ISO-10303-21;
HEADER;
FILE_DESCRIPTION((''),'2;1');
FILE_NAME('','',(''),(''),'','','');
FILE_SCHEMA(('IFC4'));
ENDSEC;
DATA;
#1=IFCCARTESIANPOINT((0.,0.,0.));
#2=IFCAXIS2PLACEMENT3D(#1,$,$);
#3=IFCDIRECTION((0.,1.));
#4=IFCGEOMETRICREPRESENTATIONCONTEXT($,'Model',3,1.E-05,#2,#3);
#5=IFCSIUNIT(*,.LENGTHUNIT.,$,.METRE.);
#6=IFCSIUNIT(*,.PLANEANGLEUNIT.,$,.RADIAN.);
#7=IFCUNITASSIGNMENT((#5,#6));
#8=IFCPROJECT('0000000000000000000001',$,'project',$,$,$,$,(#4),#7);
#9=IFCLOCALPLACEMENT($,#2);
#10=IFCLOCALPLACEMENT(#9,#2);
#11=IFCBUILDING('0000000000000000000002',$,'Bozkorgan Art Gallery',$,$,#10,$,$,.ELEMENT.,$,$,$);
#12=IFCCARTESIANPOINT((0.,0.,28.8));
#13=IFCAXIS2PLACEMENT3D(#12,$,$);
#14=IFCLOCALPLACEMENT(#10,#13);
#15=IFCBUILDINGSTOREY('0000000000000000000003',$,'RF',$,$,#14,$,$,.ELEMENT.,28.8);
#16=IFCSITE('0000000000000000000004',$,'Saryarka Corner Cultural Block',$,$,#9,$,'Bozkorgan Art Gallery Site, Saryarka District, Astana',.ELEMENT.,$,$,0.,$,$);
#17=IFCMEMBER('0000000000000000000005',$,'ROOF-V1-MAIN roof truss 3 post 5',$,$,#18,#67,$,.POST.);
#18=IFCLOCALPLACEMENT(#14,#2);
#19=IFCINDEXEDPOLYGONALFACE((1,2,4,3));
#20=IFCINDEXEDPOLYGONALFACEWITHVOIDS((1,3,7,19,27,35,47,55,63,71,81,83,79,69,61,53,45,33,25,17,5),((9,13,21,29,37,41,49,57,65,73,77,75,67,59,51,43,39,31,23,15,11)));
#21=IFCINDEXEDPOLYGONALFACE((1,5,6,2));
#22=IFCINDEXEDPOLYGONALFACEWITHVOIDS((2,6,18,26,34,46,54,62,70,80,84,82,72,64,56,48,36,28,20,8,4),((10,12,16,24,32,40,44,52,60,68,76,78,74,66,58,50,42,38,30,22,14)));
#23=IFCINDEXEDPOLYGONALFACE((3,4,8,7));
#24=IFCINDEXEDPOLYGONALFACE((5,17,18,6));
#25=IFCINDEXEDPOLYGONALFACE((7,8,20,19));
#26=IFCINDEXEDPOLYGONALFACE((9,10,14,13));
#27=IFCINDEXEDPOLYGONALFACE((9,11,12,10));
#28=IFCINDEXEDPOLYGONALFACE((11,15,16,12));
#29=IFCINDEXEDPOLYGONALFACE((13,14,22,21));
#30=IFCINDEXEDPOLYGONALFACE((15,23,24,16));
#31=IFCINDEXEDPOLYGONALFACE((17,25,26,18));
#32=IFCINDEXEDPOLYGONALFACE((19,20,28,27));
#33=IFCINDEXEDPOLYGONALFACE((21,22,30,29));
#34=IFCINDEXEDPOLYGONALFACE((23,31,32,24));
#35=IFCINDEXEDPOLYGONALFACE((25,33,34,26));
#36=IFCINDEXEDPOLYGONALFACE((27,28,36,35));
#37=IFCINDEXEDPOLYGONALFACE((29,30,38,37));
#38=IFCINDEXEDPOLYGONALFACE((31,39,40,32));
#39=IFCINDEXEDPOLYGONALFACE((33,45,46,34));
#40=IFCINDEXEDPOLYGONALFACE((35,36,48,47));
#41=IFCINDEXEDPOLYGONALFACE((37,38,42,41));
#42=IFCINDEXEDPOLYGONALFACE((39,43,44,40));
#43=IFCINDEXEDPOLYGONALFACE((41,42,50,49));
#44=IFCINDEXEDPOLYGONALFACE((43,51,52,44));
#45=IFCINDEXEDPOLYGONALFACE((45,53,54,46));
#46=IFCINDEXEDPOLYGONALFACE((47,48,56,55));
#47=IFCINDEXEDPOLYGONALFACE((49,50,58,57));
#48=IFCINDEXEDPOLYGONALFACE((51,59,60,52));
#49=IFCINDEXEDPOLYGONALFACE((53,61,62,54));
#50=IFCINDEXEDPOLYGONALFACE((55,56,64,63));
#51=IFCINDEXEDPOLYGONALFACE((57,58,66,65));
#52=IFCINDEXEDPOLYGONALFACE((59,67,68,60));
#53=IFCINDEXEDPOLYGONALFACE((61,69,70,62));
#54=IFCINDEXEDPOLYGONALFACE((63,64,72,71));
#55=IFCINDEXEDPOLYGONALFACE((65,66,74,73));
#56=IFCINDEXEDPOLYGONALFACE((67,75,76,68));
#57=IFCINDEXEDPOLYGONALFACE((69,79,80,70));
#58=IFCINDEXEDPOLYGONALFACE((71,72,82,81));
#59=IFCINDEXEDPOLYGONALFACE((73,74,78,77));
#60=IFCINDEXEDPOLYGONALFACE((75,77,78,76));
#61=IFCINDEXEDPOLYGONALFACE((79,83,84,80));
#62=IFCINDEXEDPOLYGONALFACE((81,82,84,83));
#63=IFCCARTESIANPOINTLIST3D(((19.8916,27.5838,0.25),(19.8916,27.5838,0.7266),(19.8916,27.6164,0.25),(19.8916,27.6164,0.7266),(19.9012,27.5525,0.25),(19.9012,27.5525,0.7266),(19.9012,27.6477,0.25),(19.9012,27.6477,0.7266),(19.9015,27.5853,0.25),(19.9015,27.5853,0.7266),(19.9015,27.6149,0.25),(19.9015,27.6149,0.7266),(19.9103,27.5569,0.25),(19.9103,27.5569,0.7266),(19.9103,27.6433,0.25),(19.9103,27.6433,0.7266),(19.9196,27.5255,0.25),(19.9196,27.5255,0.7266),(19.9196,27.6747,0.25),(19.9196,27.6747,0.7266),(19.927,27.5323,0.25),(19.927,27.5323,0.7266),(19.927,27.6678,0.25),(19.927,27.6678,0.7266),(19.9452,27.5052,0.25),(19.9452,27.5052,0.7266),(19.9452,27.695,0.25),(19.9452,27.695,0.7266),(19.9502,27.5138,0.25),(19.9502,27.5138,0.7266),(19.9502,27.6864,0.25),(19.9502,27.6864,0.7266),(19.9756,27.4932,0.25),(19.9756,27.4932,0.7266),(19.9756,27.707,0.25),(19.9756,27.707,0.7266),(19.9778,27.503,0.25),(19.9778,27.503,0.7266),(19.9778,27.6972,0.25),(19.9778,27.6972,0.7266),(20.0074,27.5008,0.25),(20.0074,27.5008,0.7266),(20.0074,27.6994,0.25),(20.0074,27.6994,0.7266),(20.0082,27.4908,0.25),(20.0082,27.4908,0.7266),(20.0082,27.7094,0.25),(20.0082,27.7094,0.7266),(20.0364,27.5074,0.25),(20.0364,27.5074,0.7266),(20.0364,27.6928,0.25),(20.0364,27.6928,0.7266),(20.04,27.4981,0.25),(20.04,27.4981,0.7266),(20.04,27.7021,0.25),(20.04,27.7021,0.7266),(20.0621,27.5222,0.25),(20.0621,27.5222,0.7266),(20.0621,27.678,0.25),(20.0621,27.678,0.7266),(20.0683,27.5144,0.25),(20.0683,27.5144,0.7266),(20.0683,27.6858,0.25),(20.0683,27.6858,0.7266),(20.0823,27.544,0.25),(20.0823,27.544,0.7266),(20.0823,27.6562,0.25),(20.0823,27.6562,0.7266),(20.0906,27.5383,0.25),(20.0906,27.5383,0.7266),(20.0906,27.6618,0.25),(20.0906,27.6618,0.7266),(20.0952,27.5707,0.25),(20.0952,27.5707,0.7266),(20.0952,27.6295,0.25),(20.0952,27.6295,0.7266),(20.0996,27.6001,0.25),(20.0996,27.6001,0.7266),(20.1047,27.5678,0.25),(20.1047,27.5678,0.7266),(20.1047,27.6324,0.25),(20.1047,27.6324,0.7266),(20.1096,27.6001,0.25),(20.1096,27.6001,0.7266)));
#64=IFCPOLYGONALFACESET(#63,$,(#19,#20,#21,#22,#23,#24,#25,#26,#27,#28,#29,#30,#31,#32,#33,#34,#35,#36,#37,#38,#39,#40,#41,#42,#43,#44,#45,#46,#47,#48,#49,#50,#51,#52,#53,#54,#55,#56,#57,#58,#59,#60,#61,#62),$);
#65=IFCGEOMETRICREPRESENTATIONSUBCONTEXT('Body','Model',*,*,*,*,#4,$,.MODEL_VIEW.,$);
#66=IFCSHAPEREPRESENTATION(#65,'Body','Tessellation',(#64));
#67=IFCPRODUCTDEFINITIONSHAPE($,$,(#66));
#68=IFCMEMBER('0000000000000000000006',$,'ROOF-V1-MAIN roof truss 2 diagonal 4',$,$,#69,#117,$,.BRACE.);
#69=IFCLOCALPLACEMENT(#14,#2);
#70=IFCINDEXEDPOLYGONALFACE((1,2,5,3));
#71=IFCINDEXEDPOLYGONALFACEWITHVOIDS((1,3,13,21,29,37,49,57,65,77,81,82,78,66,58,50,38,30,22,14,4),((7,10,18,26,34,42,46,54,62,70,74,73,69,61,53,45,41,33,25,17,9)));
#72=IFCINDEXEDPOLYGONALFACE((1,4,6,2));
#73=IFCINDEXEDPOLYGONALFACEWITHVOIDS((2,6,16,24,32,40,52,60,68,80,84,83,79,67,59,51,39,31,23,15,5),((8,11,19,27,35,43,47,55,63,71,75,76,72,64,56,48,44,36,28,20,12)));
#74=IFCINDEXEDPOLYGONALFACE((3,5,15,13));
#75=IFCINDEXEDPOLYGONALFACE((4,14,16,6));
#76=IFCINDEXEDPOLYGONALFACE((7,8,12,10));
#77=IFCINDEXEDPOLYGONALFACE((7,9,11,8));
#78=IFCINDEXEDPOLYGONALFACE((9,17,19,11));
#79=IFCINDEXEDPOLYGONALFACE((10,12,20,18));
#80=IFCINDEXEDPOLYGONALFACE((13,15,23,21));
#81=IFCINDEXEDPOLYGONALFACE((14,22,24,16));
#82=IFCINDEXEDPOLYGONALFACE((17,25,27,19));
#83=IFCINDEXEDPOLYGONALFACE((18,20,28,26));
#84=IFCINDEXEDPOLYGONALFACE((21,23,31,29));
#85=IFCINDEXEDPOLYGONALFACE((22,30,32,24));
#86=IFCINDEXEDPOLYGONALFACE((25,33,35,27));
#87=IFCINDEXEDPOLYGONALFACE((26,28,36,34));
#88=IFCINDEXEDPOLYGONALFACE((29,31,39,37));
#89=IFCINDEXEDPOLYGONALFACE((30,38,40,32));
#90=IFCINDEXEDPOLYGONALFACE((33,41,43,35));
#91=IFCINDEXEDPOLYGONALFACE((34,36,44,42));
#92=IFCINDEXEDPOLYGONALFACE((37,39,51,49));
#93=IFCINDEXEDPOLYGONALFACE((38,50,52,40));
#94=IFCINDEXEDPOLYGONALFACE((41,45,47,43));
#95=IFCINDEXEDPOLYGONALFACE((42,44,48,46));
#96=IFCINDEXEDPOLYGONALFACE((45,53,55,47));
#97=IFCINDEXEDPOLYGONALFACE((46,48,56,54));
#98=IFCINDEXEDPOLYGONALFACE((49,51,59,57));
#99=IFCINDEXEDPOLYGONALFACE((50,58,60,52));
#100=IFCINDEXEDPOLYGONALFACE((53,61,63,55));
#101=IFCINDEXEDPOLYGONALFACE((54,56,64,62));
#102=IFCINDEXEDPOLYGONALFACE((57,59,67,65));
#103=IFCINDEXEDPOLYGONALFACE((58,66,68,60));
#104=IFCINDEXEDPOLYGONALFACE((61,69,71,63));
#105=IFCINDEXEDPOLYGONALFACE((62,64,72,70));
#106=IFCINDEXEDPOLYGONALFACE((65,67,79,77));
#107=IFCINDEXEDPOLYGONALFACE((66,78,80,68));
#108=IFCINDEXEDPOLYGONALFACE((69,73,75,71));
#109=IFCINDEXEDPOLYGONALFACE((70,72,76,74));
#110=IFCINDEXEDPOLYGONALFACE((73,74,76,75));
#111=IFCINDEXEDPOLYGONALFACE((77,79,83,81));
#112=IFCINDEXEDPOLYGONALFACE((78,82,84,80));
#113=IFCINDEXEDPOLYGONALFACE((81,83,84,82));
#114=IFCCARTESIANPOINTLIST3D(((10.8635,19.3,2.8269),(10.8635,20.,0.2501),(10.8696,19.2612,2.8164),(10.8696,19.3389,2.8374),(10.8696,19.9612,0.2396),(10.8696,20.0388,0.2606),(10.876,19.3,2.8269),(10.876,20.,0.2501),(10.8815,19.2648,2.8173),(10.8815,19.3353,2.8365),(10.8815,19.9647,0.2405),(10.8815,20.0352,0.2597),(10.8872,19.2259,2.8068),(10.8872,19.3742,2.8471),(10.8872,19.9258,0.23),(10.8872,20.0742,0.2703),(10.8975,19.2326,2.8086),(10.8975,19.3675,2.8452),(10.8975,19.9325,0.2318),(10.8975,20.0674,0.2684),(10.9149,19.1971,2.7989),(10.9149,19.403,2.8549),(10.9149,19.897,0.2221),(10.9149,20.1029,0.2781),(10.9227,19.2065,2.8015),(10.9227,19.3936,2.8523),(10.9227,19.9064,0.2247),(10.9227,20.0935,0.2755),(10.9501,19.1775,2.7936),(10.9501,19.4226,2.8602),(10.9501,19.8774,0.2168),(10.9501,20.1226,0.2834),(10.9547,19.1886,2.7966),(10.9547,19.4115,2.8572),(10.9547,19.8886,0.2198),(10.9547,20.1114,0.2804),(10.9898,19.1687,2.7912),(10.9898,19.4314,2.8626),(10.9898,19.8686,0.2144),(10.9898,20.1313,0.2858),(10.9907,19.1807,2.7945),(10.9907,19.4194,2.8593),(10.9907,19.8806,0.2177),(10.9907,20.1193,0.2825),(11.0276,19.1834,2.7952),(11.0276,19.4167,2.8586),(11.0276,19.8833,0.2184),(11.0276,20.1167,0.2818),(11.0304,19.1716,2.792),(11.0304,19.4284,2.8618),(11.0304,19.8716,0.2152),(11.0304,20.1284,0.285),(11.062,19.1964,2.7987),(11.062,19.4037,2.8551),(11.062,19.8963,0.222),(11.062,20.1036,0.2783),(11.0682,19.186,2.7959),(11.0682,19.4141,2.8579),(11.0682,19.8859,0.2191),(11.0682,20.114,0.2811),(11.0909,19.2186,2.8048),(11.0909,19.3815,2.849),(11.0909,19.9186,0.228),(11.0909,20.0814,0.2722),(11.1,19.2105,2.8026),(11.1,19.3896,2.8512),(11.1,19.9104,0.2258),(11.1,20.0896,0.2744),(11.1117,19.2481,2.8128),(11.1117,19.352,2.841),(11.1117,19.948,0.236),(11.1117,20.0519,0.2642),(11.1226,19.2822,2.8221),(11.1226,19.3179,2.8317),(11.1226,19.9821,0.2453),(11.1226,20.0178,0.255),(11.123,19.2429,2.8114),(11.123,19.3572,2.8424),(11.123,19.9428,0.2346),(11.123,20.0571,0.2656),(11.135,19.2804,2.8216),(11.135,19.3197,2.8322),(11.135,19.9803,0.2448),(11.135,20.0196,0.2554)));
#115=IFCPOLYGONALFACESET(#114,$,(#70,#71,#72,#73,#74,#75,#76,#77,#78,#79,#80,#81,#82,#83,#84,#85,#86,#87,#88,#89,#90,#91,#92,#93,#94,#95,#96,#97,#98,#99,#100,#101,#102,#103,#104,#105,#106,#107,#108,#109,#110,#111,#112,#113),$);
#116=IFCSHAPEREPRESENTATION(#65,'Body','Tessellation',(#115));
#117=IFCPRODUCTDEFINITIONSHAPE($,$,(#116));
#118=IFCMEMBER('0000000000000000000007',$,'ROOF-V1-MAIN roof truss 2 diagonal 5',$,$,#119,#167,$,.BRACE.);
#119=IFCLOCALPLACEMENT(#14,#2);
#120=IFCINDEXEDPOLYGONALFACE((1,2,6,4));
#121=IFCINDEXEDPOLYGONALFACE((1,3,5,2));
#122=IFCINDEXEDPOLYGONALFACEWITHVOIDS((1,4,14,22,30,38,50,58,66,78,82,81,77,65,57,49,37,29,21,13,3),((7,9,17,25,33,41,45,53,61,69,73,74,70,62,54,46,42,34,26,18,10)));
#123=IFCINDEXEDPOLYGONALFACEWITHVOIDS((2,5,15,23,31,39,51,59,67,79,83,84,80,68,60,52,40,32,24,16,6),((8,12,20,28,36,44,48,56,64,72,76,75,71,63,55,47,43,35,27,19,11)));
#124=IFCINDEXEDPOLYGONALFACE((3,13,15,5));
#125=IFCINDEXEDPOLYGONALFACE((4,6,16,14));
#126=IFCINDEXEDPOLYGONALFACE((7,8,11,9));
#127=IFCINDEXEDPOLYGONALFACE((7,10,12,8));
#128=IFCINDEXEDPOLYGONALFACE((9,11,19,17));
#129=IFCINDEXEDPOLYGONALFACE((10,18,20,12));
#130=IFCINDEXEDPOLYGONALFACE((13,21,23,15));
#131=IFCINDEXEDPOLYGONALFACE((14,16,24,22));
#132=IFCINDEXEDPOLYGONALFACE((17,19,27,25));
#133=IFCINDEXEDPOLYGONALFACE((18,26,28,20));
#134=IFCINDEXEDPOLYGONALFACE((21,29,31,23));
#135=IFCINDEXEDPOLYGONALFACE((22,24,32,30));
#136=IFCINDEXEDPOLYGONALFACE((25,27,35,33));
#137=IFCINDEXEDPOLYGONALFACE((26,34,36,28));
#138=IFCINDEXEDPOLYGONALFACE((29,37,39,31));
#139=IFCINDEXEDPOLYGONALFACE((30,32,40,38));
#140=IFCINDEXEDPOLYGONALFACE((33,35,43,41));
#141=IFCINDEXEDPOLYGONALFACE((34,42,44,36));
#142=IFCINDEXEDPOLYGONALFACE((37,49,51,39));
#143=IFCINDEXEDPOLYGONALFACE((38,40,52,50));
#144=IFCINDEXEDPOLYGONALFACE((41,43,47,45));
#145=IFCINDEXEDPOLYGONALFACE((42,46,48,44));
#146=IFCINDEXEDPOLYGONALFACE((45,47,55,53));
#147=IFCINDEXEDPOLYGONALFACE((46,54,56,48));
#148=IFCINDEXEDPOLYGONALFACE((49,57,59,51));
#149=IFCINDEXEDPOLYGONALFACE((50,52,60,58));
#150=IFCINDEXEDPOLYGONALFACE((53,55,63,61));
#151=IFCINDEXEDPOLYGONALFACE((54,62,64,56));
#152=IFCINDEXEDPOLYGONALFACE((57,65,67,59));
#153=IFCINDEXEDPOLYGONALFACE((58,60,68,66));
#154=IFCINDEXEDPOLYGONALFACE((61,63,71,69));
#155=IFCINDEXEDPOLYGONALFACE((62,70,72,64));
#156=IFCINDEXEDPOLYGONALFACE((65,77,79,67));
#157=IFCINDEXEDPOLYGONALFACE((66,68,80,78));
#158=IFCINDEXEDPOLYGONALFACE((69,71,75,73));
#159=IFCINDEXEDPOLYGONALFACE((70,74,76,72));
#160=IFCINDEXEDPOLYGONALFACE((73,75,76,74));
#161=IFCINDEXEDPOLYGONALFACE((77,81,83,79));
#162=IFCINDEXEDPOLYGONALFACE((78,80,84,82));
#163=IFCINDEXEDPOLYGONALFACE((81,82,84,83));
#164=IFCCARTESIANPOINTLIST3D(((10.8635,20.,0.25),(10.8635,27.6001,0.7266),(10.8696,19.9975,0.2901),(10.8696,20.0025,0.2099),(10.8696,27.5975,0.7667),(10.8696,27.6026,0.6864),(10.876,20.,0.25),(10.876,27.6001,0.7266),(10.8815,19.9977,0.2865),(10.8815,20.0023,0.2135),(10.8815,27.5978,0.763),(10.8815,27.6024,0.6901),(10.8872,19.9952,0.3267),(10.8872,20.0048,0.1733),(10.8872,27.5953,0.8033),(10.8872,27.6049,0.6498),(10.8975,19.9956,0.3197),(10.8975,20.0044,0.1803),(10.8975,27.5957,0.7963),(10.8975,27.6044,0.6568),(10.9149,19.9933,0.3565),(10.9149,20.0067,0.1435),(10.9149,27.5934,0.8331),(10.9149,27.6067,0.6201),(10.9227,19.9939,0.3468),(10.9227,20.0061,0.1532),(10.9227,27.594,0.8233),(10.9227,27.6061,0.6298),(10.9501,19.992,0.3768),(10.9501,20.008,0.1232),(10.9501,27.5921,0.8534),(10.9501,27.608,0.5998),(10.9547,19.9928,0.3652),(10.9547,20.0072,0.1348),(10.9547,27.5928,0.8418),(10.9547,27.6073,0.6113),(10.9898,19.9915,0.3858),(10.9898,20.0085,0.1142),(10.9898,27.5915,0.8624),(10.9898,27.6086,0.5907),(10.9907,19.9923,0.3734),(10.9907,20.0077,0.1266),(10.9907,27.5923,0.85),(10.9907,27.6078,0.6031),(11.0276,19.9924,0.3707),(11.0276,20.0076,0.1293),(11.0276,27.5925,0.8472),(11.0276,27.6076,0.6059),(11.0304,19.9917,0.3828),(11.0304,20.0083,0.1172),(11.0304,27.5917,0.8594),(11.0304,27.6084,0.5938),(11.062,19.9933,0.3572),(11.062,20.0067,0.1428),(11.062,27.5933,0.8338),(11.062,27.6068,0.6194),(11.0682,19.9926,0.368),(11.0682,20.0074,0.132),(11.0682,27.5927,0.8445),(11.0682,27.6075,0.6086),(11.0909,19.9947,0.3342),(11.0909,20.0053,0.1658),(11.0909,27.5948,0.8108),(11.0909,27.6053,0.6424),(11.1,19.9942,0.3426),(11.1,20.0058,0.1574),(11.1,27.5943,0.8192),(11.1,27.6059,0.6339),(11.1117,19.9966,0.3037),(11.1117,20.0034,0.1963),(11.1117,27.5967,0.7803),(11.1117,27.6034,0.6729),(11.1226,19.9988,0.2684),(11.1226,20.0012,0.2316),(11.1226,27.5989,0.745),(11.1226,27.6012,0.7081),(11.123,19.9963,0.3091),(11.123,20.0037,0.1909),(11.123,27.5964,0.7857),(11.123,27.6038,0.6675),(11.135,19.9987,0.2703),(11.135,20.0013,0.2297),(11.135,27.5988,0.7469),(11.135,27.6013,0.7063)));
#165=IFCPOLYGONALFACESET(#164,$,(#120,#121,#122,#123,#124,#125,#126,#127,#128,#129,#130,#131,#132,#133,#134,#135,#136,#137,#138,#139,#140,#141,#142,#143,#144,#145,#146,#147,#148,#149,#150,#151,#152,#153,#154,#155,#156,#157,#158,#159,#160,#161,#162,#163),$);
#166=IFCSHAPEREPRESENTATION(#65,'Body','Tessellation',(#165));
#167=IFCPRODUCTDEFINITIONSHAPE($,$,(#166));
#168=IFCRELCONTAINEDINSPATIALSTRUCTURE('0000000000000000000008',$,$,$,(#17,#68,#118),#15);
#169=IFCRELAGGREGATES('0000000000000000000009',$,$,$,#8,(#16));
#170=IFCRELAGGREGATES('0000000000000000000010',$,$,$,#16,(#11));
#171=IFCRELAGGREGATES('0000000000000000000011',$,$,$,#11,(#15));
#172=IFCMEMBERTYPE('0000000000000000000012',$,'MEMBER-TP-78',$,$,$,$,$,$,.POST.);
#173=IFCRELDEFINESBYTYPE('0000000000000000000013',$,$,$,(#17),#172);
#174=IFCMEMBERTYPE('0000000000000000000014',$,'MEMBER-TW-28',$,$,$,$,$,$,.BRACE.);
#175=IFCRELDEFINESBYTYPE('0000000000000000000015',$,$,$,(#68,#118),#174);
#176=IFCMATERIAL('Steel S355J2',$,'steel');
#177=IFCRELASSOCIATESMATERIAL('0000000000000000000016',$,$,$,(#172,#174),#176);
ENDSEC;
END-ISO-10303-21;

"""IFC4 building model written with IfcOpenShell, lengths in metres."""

from ifc_helpers import new_model, si_unit, direction, frame, origin, origin_2d, place, context, subcontext, project, spatial, hollow_circle, extrude, material, material_profile, profile_set, type_object, element, save


model = new_model("IFC4")

# Units and contexts
model_context = context("Model", 3, precision=1e-05, world=origin(), true_north=direction((0.0, 1.0)))
body_context = subcontext(model_context, "Body", "Model", "MODEL_VIEW")
ifc_project = project(units=[si_unit("LENGTHUNIT", "METRE"), si_unit("PLANEANGLEUNIT", "RADIAN")], contexts=[model_context])

# Site, building, storey
site_placement = place(None, origin())
site = spatial("IfcSite", under=ifc_project, at=site_placement, Name="Saryarka Corner Cultural Block", LongName="Bozkorgan Art Gallery Site, Saryarka District, Astana", CompositionType="ELEMENT", RefElevation=0.0)
building_placement = place(site_placement, origin())
building = spatial("IfcBuilding", under=site, at=building_placement, Name="Bozkorgan Art Gallery", CompositionType="ELEMENT")
storey_placement = place(building_placement, frame((0.0, 0.0, 28.8)))
storey = spatial("IfcBuildingStorey", under=building, at=storey_placement, Name="RF", CompositionType="ELEMENT", Elevation=28.8)

# Shared definitions
ifc_material_1 = material(Name="Steel S355J2", Category="steel")

# Members
ifc_material_profile_1 = material_profile(ifc_material_1, hollow_circle(Radius=0.1096, WallThickness=0.01, at=origin_2d()), Name="CHS 219.1x10")
ifc_profile_set_1 = profile_set([ifc_material_profile_1], Name="Steel S355J2")
member_type_1 = type_object("IfcMemberType", Name="MEMBER-TP-78", PredefinedType="POST", material=ifc_profile_set_1)
member_1_placement = place(storey_placement, frame((20.0, 27.6001, 0.25), z_axis=(0.0, 0.0, 1.0), x_axis=(1.0, 0.0, 0.0)))
element("IfcMember", 1, at=member_1_placement, inside=storey, type_object=member_type_1, Name="ROOF-V1-MAIN roof truss 3 post 5", PredefinedType="POST", context=body_context, shape_type="SweptSolid", body=[
    extrude(hollow_circle(Radius=0.1096, WallThickness=0.01, at=origin_2d()), origin(), (0.0, 0.0, 1.0), 0.4766),
])
ifc_material_profile_2 = material_profile(ifc_material_1, hollow_circle(Radius=0.1365, WallThickness=0.0125, at=origin_2d()), Name="CHS 273x12.5")
ifc_profile_set_2 = profile_set([ifc_material_profile_2], Name="Steel S355J2")
member_type_2 = type_object("IfcMemberType", Name="MEMBER-TW-28", PredefinedType="BRACE", material=ifc_profile_set_2)
member_2_placement = place(storey_placement, frame((11.0, 19.3, 2.8269), z_axis=(0.0, 0.262127, -0.965033), x_axis=(-1.0, 0.0, 0.0)))
element("IfcMember", 2, at=member_2_placement, inside=storey, type_object=member_type_2, Name="ROOF-V1-MAIN roof truss 2 diagonal 4", PredefinedType="BRACE", context=body_context, shape_type="SweptSolid", body=[
    extrude(hollow_circle(Radius=0.1365, WallThickness=0.0125, at=origin_2d()), origin(), (0.0, 0.0, 1.0), 2.6702),
])
member_3_placement = place(storey_placement, frame((11.0, 20.0, 0.25), z_axis=(0.0, 0.99804, 0.062582), x_axis=(-1.0, 0.0, 0.0)))
element("IfcMember", 3, at=member_3_placement, inside=storey, type_object=member_type_2, Name="ROOF-V1-MAIN roof truss 2 diagonal 5", PredefinedType="BRACE", context=body_context, shape_type="SweptSolid", body=[
    extrude(hollow_circle(Radius=0.1365, WallThickness=0.0125, at=origin_2d()), origin(), (0.0, 0.0, 1.0), 7.615),
])

save(model, "model.ifc")
